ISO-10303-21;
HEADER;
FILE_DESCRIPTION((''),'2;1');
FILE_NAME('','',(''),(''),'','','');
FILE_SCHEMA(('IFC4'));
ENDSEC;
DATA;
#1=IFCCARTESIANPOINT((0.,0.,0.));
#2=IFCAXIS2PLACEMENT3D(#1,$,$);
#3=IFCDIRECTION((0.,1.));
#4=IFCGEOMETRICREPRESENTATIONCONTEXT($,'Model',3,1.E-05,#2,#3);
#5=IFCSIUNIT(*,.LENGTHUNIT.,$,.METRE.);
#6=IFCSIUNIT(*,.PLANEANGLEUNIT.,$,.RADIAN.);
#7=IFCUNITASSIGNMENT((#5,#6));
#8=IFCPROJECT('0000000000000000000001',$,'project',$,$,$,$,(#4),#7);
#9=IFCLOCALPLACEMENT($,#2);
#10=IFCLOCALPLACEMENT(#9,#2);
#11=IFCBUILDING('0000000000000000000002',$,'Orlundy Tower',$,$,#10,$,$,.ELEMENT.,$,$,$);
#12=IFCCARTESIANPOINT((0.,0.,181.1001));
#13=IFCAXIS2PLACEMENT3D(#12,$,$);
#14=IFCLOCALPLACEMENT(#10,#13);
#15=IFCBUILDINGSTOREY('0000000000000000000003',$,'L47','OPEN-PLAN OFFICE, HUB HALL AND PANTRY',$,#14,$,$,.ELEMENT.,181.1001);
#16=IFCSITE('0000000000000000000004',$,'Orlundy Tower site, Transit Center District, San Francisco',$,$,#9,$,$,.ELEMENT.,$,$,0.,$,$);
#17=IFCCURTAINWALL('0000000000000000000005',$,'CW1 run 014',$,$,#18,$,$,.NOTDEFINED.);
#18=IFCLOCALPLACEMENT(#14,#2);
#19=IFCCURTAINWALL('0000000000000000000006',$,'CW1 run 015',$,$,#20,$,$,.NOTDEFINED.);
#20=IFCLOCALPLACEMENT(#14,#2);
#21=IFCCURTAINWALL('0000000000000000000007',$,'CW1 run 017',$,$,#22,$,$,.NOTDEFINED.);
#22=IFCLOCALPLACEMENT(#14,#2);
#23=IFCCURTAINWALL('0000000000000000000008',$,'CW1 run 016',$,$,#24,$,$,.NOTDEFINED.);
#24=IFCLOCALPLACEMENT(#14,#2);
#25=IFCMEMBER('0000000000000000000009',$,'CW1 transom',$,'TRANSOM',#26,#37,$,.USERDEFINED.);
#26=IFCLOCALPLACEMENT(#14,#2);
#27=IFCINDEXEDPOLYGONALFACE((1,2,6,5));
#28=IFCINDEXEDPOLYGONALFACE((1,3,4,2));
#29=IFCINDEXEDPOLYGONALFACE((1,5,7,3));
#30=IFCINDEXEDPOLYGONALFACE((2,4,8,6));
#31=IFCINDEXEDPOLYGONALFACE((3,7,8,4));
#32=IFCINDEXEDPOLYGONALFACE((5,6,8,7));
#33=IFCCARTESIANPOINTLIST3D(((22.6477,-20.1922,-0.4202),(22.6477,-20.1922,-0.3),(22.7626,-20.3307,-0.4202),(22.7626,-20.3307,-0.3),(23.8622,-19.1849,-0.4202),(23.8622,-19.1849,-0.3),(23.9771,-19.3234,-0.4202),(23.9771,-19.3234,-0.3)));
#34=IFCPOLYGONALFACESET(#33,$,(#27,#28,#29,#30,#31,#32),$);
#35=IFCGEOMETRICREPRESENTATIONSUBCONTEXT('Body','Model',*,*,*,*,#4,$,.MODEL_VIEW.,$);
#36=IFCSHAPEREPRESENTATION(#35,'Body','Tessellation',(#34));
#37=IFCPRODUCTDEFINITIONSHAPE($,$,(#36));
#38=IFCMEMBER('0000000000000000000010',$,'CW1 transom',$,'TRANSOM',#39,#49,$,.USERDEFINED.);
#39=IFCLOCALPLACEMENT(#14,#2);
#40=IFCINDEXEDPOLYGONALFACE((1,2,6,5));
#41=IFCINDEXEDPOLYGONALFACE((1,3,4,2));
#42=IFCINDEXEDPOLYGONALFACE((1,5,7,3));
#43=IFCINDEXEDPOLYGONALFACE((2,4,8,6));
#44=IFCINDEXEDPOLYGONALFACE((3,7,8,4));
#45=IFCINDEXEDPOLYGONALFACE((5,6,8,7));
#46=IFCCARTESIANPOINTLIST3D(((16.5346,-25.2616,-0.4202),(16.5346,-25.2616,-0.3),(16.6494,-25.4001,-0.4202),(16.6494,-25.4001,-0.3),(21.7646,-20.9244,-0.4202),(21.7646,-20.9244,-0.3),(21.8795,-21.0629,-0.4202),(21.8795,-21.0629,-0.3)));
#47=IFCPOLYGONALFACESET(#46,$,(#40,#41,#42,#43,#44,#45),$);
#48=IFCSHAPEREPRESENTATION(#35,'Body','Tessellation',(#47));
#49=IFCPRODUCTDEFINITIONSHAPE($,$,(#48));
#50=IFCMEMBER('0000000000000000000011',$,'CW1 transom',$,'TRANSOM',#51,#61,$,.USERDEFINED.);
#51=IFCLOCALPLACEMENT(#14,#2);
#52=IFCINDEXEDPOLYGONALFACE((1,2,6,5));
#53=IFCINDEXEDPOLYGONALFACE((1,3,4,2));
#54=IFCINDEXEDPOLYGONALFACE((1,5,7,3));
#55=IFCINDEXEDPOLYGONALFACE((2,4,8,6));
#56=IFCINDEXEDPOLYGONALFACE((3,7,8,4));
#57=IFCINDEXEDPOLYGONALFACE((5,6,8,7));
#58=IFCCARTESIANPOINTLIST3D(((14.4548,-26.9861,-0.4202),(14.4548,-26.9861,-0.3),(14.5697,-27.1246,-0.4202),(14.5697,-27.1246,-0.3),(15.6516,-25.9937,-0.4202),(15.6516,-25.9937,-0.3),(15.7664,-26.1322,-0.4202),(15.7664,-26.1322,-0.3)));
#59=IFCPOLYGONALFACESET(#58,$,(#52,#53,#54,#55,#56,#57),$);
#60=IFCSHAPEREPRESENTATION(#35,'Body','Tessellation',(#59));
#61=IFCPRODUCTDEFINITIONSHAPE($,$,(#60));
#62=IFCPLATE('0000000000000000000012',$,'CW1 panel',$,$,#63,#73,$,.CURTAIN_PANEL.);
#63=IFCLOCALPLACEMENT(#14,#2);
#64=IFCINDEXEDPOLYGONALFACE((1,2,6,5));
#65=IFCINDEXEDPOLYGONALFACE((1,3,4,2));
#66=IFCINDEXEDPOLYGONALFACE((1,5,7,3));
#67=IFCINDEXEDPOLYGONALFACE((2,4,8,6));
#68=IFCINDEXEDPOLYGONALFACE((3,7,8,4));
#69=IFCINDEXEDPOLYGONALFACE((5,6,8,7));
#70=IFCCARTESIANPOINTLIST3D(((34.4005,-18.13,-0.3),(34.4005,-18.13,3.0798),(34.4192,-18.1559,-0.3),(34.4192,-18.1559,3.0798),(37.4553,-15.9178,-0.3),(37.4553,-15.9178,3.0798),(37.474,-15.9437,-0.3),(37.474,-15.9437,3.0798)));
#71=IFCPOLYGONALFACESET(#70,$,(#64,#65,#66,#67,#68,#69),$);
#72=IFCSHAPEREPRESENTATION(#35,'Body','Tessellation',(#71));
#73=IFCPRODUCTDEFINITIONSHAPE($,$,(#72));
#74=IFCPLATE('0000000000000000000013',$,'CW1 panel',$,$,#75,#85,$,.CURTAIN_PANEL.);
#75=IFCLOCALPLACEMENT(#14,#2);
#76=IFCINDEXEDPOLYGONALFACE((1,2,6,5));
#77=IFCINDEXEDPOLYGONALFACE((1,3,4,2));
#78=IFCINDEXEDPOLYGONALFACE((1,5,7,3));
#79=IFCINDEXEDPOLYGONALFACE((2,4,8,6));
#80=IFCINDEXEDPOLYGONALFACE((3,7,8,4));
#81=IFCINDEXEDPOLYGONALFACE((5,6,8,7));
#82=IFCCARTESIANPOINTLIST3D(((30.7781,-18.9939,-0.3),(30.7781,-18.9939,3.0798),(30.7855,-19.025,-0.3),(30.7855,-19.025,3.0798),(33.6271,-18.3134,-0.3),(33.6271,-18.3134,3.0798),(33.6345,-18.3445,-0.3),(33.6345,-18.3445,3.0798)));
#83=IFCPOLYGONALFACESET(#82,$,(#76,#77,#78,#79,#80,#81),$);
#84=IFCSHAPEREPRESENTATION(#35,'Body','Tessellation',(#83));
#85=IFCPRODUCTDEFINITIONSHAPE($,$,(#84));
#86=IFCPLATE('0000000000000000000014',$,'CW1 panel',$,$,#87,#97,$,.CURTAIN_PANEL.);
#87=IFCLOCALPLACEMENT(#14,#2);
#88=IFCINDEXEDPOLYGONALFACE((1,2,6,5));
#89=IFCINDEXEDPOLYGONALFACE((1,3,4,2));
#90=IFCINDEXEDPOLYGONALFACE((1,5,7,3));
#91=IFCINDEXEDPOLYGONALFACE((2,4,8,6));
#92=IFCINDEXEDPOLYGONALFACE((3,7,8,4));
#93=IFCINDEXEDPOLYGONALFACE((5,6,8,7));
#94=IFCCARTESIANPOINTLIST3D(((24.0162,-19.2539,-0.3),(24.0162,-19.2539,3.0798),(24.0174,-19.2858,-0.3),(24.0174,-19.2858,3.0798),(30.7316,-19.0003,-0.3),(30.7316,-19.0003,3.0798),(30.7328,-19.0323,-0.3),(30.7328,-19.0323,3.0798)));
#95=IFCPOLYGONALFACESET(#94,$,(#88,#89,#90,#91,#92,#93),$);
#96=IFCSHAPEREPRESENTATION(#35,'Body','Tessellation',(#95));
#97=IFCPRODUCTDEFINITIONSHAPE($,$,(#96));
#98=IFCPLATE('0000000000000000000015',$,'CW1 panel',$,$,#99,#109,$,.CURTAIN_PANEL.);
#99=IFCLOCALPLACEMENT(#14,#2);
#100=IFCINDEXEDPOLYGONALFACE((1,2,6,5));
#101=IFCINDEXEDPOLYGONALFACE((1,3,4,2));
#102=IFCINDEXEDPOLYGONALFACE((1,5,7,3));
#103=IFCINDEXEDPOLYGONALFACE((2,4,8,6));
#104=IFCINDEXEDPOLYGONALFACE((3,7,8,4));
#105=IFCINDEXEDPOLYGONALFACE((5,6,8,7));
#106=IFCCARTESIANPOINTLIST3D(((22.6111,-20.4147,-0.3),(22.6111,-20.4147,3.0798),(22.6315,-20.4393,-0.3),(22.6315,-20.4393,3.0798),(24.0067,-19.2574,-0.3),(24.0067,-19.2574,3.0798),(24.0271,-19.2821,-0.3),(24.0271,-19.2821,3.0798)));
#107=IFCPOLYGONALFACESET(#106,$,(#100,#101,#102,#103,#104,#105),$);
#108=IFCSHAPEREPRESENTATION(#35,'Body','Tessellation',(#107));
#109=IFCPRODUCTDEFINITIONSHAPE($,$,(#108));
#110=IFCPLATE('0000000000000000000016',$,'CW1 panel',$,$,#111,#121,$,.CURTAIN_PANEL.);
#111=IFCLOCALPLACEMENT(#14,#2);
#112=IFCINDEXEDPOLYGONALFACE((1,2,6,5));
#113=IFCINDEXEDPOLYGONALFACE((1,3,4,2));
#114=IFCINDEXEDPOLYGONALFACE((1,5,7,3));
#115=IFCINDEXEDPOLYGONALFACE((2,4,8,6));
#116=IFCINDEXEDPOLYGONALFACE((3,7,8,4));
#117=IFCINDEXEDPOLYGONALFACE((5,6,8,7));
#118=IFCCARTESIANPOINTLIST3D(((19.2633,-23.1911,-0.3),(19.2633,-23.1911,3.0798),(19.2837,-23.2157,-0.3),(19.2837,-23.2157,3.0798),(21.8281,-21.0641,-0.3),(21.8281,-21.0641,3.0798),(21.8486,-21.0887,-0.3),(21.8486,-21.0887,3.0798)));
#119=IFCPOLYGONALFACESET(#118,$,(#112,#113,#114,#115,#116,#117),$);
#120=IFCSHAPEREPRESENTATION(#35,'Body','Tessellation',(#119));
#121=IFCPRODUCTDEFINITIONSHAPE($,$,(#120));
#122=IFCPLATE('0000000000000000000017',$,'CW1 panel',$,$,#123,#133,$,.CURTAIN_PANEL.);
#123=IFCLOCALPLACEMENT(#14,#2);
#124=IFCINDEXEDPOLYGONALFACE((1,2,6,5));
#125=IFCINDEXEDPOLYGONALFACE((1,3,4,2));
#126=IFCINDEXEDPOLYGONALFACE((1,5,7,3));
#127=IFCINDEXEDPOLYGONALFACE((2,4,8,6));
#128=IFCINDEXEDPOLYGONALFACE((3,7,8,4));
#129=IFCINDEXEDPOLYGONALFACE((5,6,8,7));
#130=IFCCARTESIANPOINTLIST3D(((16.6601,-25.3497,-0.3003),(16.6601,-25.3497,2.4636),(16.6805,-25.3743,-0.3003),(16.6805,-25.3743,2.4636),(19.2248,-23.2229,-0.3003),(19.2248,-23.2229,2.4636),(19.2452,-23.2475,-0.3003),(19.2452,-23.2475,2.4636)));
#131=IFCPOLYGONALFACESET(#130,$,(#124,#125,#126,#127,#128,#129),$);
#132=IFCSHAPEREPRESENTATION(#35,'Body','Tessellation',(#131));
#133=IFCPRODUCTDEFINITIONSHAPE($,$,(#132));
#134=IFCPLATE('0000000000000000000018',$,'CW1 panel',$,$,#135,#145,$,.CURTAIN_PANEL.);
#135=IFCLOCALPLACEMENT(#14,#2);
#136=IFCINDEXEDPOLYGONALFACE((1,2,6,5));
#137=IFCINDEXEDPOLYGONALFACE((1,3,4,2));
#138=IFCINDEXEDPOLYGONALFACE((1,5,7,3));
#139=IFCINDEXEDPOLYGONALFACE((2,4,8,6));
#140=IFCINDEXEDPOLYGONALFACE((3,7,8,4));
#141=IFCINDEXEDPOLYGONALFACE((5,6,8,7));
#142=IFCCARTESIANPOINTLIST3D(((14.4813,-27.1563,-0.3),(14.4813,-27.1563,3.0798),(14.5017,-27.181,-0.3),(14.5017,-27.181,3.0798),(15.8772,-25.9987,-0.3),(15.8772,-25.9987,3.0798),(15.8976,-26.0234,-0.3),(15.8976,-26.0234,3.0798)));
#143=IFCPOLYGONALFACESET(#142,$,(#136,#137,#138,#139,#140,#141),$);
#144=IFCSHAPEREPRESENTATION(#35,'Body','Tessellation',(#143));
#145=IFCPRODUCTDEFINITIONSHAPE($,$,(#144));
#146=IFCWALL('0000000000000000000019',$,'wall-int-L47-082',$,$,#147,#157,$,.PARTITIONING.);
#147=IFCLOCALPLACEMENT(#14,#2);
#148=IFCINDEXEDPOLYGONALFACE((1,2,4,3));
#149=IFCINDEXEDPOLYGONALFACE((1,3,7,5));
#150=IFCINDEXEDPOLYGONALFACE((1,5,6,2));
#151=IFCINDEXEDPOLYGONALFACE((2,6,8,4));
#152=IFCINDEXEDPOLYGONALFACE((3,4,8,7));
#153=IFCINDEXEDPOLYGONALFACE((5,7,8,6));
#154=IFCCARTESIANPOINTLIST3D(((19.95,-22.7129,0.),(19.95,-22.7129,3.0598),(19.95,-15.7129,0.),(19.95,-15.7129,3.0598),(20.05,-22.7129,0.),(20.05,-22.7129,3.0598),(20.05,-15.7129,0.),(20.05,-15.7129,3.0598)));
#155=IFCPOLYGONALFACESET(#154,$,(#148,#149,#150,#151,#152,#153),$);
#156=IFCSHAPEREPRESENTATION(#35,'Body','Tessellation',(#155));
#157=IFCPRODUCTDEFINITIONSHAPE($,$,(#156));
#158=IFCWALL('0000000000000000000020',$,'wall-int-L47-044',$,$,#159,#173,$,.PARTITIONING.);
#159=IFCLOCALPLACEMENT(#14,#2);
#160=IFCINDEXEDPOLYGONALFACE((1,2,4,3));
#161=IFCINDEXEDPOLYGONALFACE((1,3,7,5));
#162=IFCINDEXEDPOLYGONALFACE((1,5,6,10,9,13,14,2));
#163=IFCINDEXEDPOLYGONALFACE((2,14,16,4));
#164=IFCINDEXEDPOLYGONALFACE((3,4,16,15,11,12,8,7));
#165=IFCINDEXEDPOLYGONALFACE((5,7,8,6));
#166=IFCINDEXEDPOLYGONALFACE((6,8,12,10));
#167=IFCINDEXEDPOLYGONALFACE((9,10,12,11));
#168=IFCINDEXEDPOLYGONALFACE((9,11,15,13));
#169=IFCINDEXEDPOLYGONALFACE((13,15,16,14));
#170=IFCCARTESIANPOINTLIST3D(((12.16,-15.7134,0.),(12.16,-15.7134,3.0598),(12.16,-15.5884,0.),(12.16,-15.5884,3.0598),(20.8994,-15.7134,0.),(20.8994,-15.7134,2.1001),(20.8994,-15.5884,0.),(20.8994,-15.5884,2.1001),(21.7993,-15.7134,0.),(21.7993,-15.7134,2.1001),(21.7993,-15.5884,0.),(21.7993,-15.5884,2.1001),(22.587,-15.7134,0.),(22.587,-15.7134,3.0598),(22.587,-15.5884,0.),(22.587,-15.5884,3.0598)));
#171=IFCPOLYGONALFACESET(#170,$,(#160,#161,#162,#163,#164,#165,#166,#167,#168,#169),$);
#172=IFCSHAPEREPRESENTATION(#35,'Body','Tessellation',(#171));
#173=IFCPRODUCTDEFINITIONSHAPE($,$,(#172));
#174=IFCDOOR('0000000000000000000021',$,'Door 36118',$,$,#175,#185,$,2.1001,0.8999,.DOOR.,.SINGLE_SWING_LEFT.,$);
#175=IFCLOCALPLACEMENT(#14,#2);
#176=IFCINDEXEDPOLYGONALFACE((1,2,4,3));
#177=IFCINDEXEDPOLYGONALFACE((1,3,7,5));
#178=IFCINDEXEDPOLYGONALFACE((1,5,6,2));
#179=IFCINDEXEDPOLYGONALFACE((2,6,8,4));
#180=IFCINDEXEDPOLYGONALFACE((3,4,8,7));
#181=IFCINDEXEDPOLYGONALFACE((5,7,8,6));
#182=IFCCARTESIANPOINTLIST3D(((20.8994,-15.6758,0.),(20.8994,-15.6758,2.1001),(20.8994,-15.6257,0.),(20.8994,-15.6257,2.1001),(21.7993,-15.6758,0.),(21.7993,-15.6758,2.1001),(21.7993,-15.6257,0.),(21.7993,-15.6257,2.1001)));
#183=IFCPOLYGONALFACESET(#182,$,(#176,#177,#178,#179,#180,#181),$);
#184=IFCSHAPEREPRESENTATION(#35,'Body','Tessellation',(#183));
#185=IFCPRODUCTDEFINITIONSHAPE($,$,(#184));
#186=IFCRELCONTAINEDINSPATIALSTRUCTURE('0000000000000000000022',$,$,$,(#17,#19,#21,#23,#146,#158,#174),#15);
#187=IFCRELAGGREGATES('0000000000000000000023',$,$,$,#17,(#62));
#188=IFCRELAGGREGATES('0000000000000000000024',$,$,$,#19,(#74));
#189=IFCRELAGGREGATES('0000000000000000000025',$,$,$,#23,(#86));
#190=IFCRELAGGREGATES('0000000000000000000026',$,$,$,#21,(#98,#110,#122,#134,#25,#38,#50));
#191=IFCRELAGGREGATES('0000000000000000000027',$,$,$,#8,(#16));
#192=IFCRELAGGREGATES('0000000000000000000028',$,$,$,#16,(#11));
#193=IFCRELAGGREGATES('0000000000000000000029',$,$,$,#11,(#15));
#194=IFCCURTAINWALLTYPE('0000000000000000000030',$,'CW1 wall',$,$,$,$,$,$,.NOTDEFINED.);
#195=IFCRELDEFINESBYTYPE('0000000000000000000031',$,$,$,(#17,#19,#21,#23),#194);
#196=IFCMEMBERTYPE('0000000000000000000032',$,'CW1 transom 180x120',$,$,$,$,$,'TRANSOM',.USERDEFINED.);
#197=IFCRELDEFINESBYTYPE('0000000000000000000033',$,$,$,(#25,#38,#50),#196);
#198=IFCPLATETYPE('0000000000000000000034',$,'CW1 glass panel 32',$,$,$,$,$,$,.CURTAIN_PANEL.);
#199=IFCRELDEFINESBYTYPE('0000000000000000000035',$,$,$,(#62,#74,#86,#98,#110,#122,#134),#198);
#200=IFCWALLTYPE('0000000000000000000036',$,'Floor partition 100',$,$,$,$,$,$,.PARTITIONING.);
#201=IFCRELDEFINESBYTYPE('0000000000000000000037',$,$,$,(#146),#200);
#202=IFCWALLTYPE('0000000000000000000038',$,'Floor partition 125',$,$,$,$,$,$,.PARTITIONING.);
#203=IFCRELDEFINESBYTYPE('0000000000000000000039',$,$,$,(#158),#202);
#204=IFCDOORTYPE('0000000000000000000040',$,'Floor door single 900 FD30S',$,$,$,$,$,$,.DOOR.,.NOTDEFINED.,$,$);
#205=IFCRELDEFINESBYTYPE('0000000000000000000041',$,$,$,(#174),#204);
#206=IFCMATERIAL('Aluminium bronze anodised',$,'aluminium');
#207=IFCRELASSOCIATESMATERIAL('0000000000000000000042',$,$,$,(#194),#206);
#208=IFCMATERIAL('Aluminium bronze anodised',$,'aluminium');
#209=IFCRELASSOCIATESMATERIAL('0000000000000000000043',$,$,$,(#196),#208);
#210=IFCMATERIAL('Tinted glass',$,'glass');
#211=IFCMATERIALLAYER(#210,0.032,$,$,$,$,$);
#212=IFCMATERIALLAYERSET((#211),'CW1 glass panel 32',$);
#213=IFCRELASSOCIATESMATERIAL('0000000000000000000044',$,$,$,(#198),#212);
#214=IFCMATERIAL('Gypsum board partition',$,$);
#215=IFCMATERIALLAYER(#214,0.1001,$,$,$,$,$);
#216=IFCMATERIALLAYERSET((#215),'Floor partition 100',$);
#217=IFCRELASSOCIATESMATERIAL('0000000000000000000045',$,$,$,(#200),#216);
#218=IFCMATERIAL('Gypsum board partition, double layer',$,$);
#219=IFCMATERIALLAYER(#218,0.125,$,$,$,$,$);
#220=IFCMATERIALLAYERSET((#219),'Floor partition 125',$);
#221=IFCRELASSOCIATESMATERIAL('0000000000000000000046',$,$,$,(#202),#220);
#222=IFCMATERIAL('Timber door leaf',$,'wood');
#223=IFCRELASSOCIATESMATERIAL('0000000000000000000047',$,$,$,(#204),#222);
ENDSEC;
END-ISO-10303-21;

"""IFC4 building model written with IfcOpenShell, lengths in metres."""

from ifc_helpers import new_model, si_unit, direction, frame, frame_2d, origin, origin_2d, place, context, subcontext, project, spatial, rectangle, extrude, material, layer, layer_set, material_profile, profile_set, type_object, element, fill, aggregate, save


model = new_model("IFC4")

# Units and contexts
model_context = context("Model", 3, precision=1e-05, world=origin(), true_north=direction((0.0, 1.0)))
body_context = subcontext(model_context, "Body", "Model", "MODEL_VIEW")
ifc_project = project(units=[si_unit("LENGTHUNIT", "METRE"), si_unit("PLANEANGLEUNIT", "RADIAN")], contexts=[model_context])

# Site, building, storey
site_placement = place(None, origin())
site = spatial("IfcSite", under=ifc_project, at=site_placement, Name="Orlundy Tower site, Transit Center District, San Francisco", CompositionType="ELEMENT", RefElevation=0.0)
building_placement = place(site_placement, origin())
building = spatial("IfcBuilding", under=site, at=building_placement, Name="Orlundy Tower", CompositionType="ELEMENT")
storey_placement = place(building_placement, frame((0.0, 0.0, 181.1001)))
storey = spatial("IfcBuildingStorey", under=building, at=storey_placement, Name="L47", Description="OPEN-PLAN OFFICE, HUB HALL AND PANTRY", CompositionType="ELEMENT", Elevation=181.1001)

# Curtain walls
ifc_material_1 = material(Name="Aluminium bronze anodised", Category="aluminium")
curtain_wall_type = type_object("IfcCurtainWallType", Name="CW1 wall", PredefinedType="NOTDEFINED", material=ifc_material_1)
curtain_wall_1_placement = place(storey_placement, origin())
curtain_wall_1 = element("IfcCurtainWall", 1, at=curtain_wall_1_placement, inside=storey, type_object=curtain_wall_type, Name="CW1 run 014", PredefinedType="NOTDEFINED")
curtain_wall_2_placement = place(storey_placement, origin())
curtain_wall_2 = element("IfcCurtainWall", 2, at=curtain_wall_2_placement, inside=storey, type_object=curtain_wall_type, Name="CW1 run 015", PredefinedType="NOTDEFINED")
curtain_wall_3_placement = place(storey_placement, origin())
curtain_wall_3 = element("IfcCurtainWall", 3, at=curtain_wall_3_placement, inside=storey, type_object=curtain_wall_type, Name="CW1 run 017", PredefinedType="NOTDEFINED")
curtain_wall_4_placement = place(storey_placement, origin())
curtain_wall_4 = element("IfcCurtainWall", 4, at=curtain_wall_4_placement, inside=storey, type_object=curtain_wall_type, Name="CW1 run 016", PredefinedType="NOTDEFINED")

# Members
ifc_material_2 = material(Name="Aluminium bronze anodised", Category="aluminium")
ifc_material_profile_1 = material_profile(ifc_material_2, rectangle(XDim=0.1799, YDim=0.1201, at=origin_2d()), Name="CW1 transom 180x120")
ifc_profile_set_1 = profile_set([ifc_material_profile_1], Name="Aluminium bronze anodised")
member_type_1 = type_object("IfcMemberType", Name="CW1 transom 180x120", ElementType="TRANSOM", PredefinedType="USERDEFINED", material=ifc_profile_set_1)
member_1_placement = place(storey_placement, frame((23.9197, -19.2542, -0.3601), z_axis=(-0.769728, -0.638372, 0.0), x_axis=(0.638372, -0.769728, 0.0)))
member_1 = element("IfcMember", 5, at=member_1_placement, type_object=member_type_1, Name="CW1 transom", ObjectType="TRANSOM", PredefinedType="USERDEFINED", context=body_context, shape_type="SweptSolid", body=[
    extrude(rectangle(XDim=0.1799, YDim=0.1201, at=origin_2d()), origin(), (0.0, 0.0, 1.0), 1.5779),
])
member_2_placement = place(storey_placement, frame((21.822, -20.9937, -0.3601), z_axis=(-0.769751, -0.638345, 0.0), x_axis=(0.638345, -0.769751, 0.0)))
member_2 = element("IfcMember", 6, at=member_2_placement, type_object=member_type_1, Name="CW1 transom", ObjectType="TRANSOM", PredefinedType="USERDEFINED", context=body_context, shape_type="SweptSolid", body=[
    extrude(rectangle(XDim=0.1799, YDim=0.1201, at=origin_2d()), origin(), (0.0, 0.0, 1.0), 6.7944),
])
member_3_placement = place(storey_placement, frame((15.709, -26.063, -0.3601), z_axis=(-0.769764, -0.638329, 0.0), x_axis=(0.638329, -0.769764, 0.0)))
member_3 = element("IfcMember", 7, at=member_3_placement, type_object=member_type_1, Name="CW1 transom", ObjectType="TRANSOM", PredefinedType="USERDEFINED", context=body_context, shape_type="SweptSolid", body=[
    extrude(rectangle(XDim=0.1799, YDim=0.1201, at=origin_2d()), origin(), (0.0, 0.0, 1.0), 1.5547),
])

# Plates
ifc_material_3 = material(Name="Tinted glass", Category="glass")
ifc_layer_1 = layer(ifc_material_3, 0.032)
ifc_layer_set_1 = layer_set([ifc_layer_1], Name="CW1 glass panel 32")
plate_type = type_object("IfcPlateType", Name="CW1 glass panel 32", PredefinedType="CURTAIN_PANEL", material=ifc_layer_set_1)
plate_1_placement = place(storey_placement, frame((35.9373, -17.0369, -0.3), z_axis=(0.0, 0.0, 1.0), x_axis=(-0.809924, -0.586534, 0.0)))
plate_1 = element("IfcPlate", 8, at=plate_1_placement, type_object=plate_type, Name="CW1 panel", PredefinedType="CURTAIN_PANEL", context=body_context, shape_type="SweptSolid", body=[
    extrude(rectangle(XDim=3.7717, YDim=0.032, at=origin_2d()), origin(), (0.0, 0.0, 1.0), 3.3799),
])
aggregate(curtain_wall_1, [plate_1])
plate_2_placement = place(storey_placement, frame((32.2063, -18.6692, -0.3), z_axis=(0.0, 0.0, 1.0), x_axis=(-0.972644, -0.232301, 0.0)))
plate_2 = element("IfcPlate", 9, at=plate_2_placement, type_object=plate_type, Name="CW1 panel", PredefinedType="CURTAIN_PANEL", context=body_context, shape_type="SweptSolid", body=[
    extrude(rectangle(XDim=2.9292, YDim=0.032, at=origin_2d()), origin(), (0.0, 0.0, 1.0), 3.3799),
])
aggregate(curtain_wall_2, [plate_2])
plate_3_placement = place(storey_placement, frame((27.3745, -19.1431, -0.3), z_axis=(0.0, 0.0, 1.0), x_axis=(-0.999288, -0.037731, 0.0)))
plate_3 = element("IfcPlate", 10, at=plate_3_placement, type_object=plate_type, Name="CW1 panel", PredefinedType="CURTAIN_PANEL", context=body_context, shape_type="SweptSolid", body=[
    extrude(rectangle(XDim=6.7202, YDim=0.032, at=origin_2d()), origin(), (0.0, 0.0, 1.0), 3.3799),
])
aggregate(curtain_wall_4, [plate_3])
plate_4_placement = place(storey_placement, frame((23.3191, -19.8484, -0.3), z_axis=(0.0, 0.0, 1.0), x_axis=(-0.769762, -0.638331, 0.0)))
plate_4 = element("IfcPlate", 11, at=plate_4_placement, type_object=plate_type, Name="CW1 panel", PredefinedType="CURTAIN_PANEL", context=body_context, shape_type="SweptSolid", body=[
    extrude(rectangle(XDim=1.813, YDim=0.032, at=origin_2d()), origin(), (0.0, 0.0, 1.0), 3.3799),
])
plate_5_placement = place(storey_placement, frame((20.5559, -22.1399, -0.3), z_axis=(0.0, 0.0, 1.0), x_axis=(-0.769762, -0.638331, 0.0)))
plate_5 = element("IfcPlate", 12, at=plate_5_placement, type_object=plate_type, Name="CW1 panel", PredefinedType="CURTAIN_PANEL", context=body_context, shape_type="SweptSolid", body=[
    extrude(rectangle(XDim=3.332, YDim=0.032, at=origin_2d()), origin(), (0.0, 0.0, 1.0), 3.3799),
])
plate_6_placement = place(storey_placement, frame((17.9526, -24.2986, -0.3003), z_axis=(0.0, 0.0, 1.0), x_axis=(-0.769762, -0.638331, 0.0)))
plate_6 = element("IfcPlate", 13, at=plate_6_placement, type_object=plate_type, Name="CW1 panel", PredefinedType="CURTAIN_PANEL", context=body_context, shape_type="SweptSolid", body=[
    extrude(rectangle(XDim=3.3318, YDim=0.032, at=origin_2d()), origin(), (0.0, 0.0, 1.0), 2.7639),
])
plate_7_placement = place(storey_placement, frame((15.1895, -26.5898, -0.3), z_axis=(0.0, 0.0, 1.0), x_axis=(-0.769762, -0.638331, 0.0)))
plate_7 = element("IfcPlate", 14, at=plate_7_placement, type_object=plate_type, Name="CW1 panel", PredefinedType="CURTAIN_PANEL", context=body_context, shape_type="SweptSolid", body=[
    extrude(rectangle(XDim=1.8135, YDim=0.032, at=origin_2d()), origin(), (0.0, 0.0, 1.0), 3.3799),
])
aggregate(curtain_wall_3, [plate_4, plate_5, plate_6, plate_7, member_1, member_2, member_3])

# Wall
ifc_material_4 = material(Name="Gypsum board partition")
ifc_layer_2 = layer(ifc_material_4, 0.1001)
ifc_layer_set_2 = layer_set([ifc_layer_2], Name="Floor partition 100")
wall_type_1 = type_object("IfcWallType", Name="Floor partition 100", PredefinedType="PARTITIONING", material=ifc_layer_set_2)
wall_1_placement = place(storey_placement, frame((20.0, -22.7129, 0.0), z_axis=(0.0, 0.0, 1.0), x_axis=(0.0, 1.0, 0.0)))
element("IfcWall", 15, at=wall_1_placement, inside=storey, type_object=wall_type_1, Name="wall-int-L47-082", PredefinedType="PARTITIONING", context=body_context, shape_type="SweptSolid", body=[
    extrude(rectangle(XDim=7.0, YDim=0.1001, at=frame_2d((3.5, 0.0))), origin(), (0.0, 0.0, 1.0), 3.0598),
])

# Wall, opening, door
ifc_material_5 = material(Name="Gypsum board partition, double layer")
ifc_layer_3 = layer(ifc_material_5, 0.125)
ifc_layer_set_3 = layer_set([ifc_layer_3], Name="Floor partition 125")
wall_type_2 = type_object("IfcWallType", Name="Floor partition 125", PredefinedType="PARTITIONING", material=ifc_layer_set_3)
wall_2_placement = place(storey_placement, frame((22.5869, -15.6509, 0.0), z_axis=(0.0, 0.0, 1.0), x_axis=(-1.0, 0.0, 0.0)))
wall_2 = element("IfcWall", 16, at=wall_2_placement, inside=storey, type_object=wall_type_2, Name="wall-int-L47-044", PredefinedType="PARTITIONING", context=body_context, shape_type="SweptSolid", body=[
    extrude(rectangle(XDim=10.427, YDim=0.125, at=frame_2d((5.2134, 0.0))), origin(), (0.0, 0.0, 1.0), 3.0598),
])
opening_placement = place(wall_2_placement, frame((0.7876, 0.0, 0.0)))
opening = element("IfcOpeningElement", 17, at=opening_placement, cuts=wall_2, PredefinedType="OPENING", context=body_context, shape_type="SweptSolid", body=[
    extrude(rectangle(XDim=0.8999, YDim=2.1001, at=frame_2d((0.45, 1.05))), frame((0.0, 0.0725, 0.0), z_axis=(0.0, -1.0, 0.0), x_axis=(1.0, 0.0, 0.0)), (0.0, 0.0, 1.0), 0.145),
])
ifc_material_6 = material(Name="Timber door leaf", Category="wood")
door_type = type_object("IfcDoorType", Name="Floor door single 900 FD30S", OperationType="NOTDEFINED", PredefinedType="DOOR", material=ifc_material_6)
door_placement = place(opening_placement, origin())
door = element("IfcDoor", 18, at=door_placement, inside=storey, type_object=door_type, Name="Door 36118", OperationType="SINGLE_SWING_LEFT", OverallHeight=2.1001, OverallWidth=0.8999, PredefinedType="DOOR", context=body_context, shape_type="SweptSolid", body=[
    extrude(rectangle(XDim=0.8999, YDim=2.1001, at=frame_2d((0.45, 1.05))), frame((0.0, 0.0249, 0.0), z_axis=(0.0, -1.0, 0.0), x_axis=(1.0, 0.0, 0.0)), (0.0, 0.0, 1.0), 0.05),
])
fill(opening, door)

save(model, "model.ifc")
